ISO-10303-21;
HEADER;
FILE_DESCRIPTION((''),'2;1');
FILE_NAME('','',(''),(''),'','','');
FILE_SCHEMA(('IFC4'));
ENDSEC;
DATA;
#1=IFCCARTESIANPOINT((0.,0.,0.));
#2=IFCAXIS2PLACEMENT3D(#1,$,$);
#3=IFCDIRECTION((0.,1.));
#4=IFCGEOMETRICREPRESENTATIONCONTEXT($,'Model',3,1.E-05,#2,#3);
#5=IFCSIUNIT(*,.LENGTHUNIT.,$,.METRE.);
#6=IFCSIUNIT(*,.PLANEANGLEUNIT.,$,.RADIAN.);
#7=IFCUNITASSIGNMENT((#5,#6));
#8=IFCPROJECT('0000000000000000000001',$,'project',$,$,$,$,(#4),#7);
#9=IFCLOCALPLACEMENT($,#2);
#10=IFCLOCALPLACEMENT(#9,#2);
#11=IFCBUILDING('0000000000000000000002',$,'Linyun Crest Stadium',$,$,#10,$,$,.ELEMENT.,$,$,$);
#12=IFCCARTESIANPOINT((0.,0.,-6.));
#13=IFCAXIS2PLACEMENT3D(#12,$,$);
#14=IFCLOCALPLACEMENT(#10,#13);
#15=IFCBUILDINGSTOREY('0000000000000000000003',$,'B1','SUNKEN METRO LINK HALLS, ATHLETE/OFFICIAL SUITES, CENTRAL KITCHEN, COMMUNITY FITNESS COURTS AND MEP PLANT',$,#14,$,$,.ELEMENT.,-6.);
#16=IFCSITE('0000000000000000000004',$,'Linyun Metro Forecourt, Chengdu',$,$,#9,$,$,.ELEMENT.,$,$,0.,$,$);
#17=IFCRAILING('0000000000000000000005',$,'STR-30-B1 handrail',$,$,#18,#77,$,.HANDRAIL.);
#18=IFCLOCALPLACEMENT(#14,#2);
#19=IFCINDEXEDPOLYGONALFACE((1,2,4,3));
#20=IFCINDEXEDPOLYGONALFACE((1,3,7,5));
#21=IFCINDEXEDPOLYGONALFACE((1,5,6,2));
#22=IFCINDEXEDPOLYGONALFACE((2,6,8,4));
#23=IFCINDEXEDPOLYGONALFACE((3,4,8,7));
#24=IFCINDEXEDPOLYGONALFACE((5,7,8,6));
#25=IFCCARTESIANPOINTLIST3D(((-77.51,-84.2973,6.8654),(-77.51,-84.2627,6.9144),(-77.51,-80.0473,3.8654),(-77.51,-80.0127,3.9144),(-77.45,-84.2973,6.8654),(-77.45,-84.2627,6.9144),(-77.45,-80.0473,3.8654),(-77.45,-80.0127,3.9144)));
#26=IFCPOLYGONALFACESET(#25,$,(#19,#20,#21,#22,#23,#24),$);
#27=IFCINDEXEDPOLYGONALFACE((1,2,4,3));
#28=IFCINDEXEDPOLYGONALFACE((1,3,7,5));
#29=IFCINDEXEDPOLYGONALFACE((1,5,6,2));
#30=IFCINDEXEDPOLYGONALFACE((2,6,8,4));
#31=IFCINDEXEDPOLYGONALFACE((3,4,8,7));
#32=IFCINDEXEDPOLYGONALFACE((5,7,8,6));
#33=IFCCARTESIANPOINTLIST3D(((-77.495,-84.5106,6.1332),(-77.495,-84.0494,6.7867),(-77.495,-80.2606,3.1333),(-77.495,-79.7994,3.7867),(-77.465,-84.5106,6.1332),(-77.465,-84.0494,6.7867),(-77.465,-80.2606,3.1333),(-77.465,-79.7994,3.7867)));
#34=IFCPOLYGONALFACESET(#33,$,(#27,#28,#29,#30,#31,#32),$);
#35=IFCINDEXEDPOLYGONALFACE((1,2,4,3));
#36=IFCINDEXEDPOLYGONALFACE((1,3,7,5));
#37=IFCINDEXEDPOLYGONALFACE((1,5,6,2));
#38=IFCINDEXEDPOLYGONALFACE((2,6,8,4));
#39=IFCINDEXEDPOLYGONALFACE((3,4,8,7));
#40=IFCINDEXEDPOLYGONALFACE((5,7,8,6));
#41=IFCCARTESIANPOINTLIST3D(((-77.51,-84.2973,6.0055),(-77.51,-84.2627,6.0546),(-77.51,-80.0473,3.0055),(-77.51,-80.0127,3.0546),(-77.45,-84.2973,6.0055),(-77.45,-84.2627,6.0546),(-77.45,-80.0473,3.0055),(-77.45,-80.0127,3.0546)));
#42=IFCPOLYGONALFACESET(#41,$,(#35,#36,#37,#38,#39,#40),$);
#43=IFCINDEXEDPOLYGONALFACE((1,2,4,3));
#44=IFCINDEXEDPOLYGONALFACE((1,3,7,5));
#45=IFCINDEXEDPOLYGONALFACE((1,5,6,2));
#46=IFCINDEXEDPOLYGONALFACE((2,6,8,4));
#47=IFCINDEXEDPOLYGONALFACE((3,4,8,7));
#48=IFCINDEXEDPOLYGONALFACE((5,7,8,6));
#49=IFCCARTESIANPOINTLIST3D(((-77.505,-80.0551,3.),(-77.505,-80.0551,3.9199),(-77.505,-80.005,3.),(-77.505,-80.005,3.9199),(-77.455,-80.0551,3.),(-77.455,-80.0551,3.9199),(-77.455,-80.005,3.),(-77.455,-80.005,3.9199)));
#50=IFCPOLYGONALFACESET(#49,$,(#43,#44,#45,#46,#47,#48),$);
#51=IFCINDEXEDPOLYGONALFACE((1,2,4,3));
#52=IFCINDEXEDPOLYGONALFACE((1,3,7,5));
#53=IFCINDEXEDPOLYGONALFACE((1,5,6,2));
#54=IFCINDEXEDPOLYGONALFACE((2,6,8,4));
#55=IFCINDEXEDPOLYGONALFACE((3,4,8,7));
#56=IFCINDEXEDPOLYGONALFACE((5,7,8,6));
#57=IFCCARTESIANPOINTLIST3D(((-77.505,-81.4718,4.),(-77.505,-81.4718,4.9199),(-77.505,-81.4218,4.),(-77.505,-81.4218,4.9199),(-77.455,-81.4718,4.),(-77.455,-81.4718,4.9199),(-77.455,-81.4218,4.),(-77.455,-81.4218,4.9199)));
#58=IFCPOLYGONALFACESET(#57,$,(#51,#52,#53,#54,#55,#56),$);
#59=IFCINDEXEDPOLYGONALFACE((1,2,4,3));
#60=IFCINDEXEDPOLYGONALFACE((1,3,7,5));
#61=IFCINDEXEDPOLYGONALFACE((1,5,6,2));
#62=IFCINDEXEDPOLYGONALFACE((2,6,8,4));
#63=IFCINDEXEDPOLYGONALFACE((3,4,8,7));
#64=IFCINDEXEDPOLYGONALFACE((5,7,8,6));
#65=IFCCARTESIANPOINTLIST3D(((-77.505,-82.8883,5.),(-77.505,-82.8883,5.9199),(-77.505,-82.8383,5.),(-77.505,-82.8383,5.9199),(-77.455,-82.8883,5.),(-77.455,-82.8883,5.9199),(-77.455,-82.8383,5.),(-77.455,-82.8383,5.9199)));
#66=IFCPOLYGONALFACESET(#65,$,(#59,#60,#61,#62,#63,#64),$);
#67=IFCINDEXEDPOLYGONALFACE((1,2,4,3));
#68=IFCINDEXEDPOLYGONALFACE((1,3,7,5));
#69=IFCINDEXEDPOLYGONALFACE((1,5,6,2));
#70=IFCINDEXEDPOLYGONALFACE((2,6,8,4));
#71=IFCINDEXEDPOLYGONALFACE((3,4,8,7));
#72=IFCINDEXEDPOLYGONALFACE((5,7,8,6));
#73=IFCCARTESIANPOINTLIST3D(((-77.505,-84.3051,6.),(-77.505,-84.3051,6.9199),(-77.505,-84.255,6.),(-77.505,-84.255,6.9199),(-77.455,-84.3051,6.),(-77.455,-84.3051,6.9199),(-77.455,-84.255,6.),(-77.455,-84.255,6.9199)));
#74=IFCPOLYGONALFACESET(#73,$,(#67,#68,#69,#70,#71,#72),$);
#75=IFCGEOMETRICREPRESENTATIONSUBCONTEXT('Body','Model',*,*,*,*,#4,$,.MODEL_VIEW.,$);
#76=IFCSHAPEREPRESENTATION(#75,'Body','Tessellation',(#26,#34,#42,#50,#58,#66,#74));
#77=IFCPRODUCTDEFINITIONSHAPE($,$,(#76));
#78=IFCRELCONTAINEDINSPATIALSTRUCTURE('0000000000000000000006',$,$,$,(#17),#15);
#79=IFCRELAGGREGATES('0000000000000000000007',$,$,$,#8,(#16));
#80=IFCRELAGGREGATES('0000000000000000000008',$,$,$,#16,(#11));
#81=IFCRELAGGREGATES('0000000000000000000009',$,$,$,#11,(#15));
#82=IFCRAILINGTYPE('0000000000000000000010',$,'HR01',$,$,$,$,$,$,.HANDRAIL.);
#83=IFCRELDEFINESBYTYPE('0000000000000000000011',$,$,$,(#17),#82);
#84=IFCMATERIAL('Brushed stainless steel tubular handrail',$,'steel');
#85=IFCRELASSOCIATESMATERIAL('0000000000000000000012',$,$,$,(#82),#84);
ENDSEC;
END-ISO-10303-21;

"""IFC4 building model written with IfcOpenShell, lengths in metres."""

from ifc_helpers import new_model, si_unit, direction, frame, origin, origin_2d, place, context, subcontext, project, spatial, rectangle, extrude, material, type_object, element, save


model = new_model("IFC4")

# Units and contexts
model_context = context("Model", 3, precision=1e-05, world=origin(), true_north=direction((0.0, 1.0)))
body_context = subcontext(model_context, "Body", "Model", "MODEL_VIEW")
ifc_project = project(units=[si_unit("LENGTHUNIT", "METRE"), si_unit("PLANEANGLEUNIT", "RADIAN")], contexts=[model_context])

# Site, building, storey
site_placement = place(None, origin())
site = spatial("IfcSite", under=ifc_project, at=site_placement, Name="Linyun Metro Forecourt, Chengdu", CompositionType="ELEMENT", RefElevation=0.0)
building_placement = place(site_placement, origin())
building = spatial("IfcBuilding", under=site, at=building_placement, Name="Linyun Crest Stadium", CompositionType="ELEMENT")
storey_placement = place(building_placement, frame((0.0, 0.0, -6.0)))
storey = spatial("IfcBuildingStorey", under=building, at=storey_placement, Name="B1", Description="SUNKEN METRO LINK HALLS, ATHLETE/OFFICIAL SUITES, CENTRAL KITCHEN, COMMUNITY FITNESS COURTS AND MEP PLANT", CompositionType="ELEMENT", Elevation=-6.0)

# Railing
ifc_material_1 = material(Name="Brushed stainless steel tubular handrail", Category="steel")
railing_type_1 = type_object("IfcRailingType", Name="HR01", PredefinedType="HANDRAIL", material=ifc_material_1)
railing_1_placement = place(storey_placement, frame((-77.48, -80.03, 3.0)))
element("IfcRailing", 1, at=railing_1_placement, inside=storey, type_object=railing_type_1, Name="STR-30-B1 handrail", PredefinedType="HANDRAIL", context=body_context, shape_type="SweptSolid", body=[
    extrude(rectangle(XDim=0.0601, YDim=0.0601, at=origin_2d()), frame((0.0, 0.0, 0.8899), z_axis=(0.0, -0.816968, 0.576683), x_axis=(1.0, 0.0, 0.0)), (0.0, 0.0, 1.0), 5.2021),
    extrude(rectangle(XDim=0.03, YDim=0.7998, at=origin_2d()), frame((0.0, 0.0, 0.46), z_axis=(0.0, -0.816968, 0.576683), x_axis=(1.0, 0.0, 0.0)), (0.0, 0.0, 1.0), 5.2021),
    extrude(rectangle(XDim=0.0601, YDim=0.0601, at=origin_2d()), frame((0.0, 0.0, 0.03), z_axis=(0.0, -0.816968, 0.576683), x_axis=(1.0, 0.0, 0.0)), (0.0, 0.0, 1.0), 5.2021),
    extrude(rectangle(XDim=0.05, YDim=0.05, at=origin_2d()), origin(), (0.0, 0.0, 1.0), 0.9199),
    extrude(rectangle(XDim=0.05, YDim=0.05, at=origin_2d()), frame((0.0, -1.4167, 1.0)), (0.0, 0.0, 1.0), 0.9199),
    extrude(rectangle(XDim=0.05, YDim=0.05, at=origin_2d()), frame((0.0, -2.8333, 2.0)), (0.0, 0.0, 1.0), 0.9199),
    extrude(rectangle(XDim=0.05, YDim=0.05, at=origin_2d()), frame((0.0, -4.25, 3.0)), (0.0, 0.0, 1.0), 0.9199),
])

save(model, "model.ifc")
